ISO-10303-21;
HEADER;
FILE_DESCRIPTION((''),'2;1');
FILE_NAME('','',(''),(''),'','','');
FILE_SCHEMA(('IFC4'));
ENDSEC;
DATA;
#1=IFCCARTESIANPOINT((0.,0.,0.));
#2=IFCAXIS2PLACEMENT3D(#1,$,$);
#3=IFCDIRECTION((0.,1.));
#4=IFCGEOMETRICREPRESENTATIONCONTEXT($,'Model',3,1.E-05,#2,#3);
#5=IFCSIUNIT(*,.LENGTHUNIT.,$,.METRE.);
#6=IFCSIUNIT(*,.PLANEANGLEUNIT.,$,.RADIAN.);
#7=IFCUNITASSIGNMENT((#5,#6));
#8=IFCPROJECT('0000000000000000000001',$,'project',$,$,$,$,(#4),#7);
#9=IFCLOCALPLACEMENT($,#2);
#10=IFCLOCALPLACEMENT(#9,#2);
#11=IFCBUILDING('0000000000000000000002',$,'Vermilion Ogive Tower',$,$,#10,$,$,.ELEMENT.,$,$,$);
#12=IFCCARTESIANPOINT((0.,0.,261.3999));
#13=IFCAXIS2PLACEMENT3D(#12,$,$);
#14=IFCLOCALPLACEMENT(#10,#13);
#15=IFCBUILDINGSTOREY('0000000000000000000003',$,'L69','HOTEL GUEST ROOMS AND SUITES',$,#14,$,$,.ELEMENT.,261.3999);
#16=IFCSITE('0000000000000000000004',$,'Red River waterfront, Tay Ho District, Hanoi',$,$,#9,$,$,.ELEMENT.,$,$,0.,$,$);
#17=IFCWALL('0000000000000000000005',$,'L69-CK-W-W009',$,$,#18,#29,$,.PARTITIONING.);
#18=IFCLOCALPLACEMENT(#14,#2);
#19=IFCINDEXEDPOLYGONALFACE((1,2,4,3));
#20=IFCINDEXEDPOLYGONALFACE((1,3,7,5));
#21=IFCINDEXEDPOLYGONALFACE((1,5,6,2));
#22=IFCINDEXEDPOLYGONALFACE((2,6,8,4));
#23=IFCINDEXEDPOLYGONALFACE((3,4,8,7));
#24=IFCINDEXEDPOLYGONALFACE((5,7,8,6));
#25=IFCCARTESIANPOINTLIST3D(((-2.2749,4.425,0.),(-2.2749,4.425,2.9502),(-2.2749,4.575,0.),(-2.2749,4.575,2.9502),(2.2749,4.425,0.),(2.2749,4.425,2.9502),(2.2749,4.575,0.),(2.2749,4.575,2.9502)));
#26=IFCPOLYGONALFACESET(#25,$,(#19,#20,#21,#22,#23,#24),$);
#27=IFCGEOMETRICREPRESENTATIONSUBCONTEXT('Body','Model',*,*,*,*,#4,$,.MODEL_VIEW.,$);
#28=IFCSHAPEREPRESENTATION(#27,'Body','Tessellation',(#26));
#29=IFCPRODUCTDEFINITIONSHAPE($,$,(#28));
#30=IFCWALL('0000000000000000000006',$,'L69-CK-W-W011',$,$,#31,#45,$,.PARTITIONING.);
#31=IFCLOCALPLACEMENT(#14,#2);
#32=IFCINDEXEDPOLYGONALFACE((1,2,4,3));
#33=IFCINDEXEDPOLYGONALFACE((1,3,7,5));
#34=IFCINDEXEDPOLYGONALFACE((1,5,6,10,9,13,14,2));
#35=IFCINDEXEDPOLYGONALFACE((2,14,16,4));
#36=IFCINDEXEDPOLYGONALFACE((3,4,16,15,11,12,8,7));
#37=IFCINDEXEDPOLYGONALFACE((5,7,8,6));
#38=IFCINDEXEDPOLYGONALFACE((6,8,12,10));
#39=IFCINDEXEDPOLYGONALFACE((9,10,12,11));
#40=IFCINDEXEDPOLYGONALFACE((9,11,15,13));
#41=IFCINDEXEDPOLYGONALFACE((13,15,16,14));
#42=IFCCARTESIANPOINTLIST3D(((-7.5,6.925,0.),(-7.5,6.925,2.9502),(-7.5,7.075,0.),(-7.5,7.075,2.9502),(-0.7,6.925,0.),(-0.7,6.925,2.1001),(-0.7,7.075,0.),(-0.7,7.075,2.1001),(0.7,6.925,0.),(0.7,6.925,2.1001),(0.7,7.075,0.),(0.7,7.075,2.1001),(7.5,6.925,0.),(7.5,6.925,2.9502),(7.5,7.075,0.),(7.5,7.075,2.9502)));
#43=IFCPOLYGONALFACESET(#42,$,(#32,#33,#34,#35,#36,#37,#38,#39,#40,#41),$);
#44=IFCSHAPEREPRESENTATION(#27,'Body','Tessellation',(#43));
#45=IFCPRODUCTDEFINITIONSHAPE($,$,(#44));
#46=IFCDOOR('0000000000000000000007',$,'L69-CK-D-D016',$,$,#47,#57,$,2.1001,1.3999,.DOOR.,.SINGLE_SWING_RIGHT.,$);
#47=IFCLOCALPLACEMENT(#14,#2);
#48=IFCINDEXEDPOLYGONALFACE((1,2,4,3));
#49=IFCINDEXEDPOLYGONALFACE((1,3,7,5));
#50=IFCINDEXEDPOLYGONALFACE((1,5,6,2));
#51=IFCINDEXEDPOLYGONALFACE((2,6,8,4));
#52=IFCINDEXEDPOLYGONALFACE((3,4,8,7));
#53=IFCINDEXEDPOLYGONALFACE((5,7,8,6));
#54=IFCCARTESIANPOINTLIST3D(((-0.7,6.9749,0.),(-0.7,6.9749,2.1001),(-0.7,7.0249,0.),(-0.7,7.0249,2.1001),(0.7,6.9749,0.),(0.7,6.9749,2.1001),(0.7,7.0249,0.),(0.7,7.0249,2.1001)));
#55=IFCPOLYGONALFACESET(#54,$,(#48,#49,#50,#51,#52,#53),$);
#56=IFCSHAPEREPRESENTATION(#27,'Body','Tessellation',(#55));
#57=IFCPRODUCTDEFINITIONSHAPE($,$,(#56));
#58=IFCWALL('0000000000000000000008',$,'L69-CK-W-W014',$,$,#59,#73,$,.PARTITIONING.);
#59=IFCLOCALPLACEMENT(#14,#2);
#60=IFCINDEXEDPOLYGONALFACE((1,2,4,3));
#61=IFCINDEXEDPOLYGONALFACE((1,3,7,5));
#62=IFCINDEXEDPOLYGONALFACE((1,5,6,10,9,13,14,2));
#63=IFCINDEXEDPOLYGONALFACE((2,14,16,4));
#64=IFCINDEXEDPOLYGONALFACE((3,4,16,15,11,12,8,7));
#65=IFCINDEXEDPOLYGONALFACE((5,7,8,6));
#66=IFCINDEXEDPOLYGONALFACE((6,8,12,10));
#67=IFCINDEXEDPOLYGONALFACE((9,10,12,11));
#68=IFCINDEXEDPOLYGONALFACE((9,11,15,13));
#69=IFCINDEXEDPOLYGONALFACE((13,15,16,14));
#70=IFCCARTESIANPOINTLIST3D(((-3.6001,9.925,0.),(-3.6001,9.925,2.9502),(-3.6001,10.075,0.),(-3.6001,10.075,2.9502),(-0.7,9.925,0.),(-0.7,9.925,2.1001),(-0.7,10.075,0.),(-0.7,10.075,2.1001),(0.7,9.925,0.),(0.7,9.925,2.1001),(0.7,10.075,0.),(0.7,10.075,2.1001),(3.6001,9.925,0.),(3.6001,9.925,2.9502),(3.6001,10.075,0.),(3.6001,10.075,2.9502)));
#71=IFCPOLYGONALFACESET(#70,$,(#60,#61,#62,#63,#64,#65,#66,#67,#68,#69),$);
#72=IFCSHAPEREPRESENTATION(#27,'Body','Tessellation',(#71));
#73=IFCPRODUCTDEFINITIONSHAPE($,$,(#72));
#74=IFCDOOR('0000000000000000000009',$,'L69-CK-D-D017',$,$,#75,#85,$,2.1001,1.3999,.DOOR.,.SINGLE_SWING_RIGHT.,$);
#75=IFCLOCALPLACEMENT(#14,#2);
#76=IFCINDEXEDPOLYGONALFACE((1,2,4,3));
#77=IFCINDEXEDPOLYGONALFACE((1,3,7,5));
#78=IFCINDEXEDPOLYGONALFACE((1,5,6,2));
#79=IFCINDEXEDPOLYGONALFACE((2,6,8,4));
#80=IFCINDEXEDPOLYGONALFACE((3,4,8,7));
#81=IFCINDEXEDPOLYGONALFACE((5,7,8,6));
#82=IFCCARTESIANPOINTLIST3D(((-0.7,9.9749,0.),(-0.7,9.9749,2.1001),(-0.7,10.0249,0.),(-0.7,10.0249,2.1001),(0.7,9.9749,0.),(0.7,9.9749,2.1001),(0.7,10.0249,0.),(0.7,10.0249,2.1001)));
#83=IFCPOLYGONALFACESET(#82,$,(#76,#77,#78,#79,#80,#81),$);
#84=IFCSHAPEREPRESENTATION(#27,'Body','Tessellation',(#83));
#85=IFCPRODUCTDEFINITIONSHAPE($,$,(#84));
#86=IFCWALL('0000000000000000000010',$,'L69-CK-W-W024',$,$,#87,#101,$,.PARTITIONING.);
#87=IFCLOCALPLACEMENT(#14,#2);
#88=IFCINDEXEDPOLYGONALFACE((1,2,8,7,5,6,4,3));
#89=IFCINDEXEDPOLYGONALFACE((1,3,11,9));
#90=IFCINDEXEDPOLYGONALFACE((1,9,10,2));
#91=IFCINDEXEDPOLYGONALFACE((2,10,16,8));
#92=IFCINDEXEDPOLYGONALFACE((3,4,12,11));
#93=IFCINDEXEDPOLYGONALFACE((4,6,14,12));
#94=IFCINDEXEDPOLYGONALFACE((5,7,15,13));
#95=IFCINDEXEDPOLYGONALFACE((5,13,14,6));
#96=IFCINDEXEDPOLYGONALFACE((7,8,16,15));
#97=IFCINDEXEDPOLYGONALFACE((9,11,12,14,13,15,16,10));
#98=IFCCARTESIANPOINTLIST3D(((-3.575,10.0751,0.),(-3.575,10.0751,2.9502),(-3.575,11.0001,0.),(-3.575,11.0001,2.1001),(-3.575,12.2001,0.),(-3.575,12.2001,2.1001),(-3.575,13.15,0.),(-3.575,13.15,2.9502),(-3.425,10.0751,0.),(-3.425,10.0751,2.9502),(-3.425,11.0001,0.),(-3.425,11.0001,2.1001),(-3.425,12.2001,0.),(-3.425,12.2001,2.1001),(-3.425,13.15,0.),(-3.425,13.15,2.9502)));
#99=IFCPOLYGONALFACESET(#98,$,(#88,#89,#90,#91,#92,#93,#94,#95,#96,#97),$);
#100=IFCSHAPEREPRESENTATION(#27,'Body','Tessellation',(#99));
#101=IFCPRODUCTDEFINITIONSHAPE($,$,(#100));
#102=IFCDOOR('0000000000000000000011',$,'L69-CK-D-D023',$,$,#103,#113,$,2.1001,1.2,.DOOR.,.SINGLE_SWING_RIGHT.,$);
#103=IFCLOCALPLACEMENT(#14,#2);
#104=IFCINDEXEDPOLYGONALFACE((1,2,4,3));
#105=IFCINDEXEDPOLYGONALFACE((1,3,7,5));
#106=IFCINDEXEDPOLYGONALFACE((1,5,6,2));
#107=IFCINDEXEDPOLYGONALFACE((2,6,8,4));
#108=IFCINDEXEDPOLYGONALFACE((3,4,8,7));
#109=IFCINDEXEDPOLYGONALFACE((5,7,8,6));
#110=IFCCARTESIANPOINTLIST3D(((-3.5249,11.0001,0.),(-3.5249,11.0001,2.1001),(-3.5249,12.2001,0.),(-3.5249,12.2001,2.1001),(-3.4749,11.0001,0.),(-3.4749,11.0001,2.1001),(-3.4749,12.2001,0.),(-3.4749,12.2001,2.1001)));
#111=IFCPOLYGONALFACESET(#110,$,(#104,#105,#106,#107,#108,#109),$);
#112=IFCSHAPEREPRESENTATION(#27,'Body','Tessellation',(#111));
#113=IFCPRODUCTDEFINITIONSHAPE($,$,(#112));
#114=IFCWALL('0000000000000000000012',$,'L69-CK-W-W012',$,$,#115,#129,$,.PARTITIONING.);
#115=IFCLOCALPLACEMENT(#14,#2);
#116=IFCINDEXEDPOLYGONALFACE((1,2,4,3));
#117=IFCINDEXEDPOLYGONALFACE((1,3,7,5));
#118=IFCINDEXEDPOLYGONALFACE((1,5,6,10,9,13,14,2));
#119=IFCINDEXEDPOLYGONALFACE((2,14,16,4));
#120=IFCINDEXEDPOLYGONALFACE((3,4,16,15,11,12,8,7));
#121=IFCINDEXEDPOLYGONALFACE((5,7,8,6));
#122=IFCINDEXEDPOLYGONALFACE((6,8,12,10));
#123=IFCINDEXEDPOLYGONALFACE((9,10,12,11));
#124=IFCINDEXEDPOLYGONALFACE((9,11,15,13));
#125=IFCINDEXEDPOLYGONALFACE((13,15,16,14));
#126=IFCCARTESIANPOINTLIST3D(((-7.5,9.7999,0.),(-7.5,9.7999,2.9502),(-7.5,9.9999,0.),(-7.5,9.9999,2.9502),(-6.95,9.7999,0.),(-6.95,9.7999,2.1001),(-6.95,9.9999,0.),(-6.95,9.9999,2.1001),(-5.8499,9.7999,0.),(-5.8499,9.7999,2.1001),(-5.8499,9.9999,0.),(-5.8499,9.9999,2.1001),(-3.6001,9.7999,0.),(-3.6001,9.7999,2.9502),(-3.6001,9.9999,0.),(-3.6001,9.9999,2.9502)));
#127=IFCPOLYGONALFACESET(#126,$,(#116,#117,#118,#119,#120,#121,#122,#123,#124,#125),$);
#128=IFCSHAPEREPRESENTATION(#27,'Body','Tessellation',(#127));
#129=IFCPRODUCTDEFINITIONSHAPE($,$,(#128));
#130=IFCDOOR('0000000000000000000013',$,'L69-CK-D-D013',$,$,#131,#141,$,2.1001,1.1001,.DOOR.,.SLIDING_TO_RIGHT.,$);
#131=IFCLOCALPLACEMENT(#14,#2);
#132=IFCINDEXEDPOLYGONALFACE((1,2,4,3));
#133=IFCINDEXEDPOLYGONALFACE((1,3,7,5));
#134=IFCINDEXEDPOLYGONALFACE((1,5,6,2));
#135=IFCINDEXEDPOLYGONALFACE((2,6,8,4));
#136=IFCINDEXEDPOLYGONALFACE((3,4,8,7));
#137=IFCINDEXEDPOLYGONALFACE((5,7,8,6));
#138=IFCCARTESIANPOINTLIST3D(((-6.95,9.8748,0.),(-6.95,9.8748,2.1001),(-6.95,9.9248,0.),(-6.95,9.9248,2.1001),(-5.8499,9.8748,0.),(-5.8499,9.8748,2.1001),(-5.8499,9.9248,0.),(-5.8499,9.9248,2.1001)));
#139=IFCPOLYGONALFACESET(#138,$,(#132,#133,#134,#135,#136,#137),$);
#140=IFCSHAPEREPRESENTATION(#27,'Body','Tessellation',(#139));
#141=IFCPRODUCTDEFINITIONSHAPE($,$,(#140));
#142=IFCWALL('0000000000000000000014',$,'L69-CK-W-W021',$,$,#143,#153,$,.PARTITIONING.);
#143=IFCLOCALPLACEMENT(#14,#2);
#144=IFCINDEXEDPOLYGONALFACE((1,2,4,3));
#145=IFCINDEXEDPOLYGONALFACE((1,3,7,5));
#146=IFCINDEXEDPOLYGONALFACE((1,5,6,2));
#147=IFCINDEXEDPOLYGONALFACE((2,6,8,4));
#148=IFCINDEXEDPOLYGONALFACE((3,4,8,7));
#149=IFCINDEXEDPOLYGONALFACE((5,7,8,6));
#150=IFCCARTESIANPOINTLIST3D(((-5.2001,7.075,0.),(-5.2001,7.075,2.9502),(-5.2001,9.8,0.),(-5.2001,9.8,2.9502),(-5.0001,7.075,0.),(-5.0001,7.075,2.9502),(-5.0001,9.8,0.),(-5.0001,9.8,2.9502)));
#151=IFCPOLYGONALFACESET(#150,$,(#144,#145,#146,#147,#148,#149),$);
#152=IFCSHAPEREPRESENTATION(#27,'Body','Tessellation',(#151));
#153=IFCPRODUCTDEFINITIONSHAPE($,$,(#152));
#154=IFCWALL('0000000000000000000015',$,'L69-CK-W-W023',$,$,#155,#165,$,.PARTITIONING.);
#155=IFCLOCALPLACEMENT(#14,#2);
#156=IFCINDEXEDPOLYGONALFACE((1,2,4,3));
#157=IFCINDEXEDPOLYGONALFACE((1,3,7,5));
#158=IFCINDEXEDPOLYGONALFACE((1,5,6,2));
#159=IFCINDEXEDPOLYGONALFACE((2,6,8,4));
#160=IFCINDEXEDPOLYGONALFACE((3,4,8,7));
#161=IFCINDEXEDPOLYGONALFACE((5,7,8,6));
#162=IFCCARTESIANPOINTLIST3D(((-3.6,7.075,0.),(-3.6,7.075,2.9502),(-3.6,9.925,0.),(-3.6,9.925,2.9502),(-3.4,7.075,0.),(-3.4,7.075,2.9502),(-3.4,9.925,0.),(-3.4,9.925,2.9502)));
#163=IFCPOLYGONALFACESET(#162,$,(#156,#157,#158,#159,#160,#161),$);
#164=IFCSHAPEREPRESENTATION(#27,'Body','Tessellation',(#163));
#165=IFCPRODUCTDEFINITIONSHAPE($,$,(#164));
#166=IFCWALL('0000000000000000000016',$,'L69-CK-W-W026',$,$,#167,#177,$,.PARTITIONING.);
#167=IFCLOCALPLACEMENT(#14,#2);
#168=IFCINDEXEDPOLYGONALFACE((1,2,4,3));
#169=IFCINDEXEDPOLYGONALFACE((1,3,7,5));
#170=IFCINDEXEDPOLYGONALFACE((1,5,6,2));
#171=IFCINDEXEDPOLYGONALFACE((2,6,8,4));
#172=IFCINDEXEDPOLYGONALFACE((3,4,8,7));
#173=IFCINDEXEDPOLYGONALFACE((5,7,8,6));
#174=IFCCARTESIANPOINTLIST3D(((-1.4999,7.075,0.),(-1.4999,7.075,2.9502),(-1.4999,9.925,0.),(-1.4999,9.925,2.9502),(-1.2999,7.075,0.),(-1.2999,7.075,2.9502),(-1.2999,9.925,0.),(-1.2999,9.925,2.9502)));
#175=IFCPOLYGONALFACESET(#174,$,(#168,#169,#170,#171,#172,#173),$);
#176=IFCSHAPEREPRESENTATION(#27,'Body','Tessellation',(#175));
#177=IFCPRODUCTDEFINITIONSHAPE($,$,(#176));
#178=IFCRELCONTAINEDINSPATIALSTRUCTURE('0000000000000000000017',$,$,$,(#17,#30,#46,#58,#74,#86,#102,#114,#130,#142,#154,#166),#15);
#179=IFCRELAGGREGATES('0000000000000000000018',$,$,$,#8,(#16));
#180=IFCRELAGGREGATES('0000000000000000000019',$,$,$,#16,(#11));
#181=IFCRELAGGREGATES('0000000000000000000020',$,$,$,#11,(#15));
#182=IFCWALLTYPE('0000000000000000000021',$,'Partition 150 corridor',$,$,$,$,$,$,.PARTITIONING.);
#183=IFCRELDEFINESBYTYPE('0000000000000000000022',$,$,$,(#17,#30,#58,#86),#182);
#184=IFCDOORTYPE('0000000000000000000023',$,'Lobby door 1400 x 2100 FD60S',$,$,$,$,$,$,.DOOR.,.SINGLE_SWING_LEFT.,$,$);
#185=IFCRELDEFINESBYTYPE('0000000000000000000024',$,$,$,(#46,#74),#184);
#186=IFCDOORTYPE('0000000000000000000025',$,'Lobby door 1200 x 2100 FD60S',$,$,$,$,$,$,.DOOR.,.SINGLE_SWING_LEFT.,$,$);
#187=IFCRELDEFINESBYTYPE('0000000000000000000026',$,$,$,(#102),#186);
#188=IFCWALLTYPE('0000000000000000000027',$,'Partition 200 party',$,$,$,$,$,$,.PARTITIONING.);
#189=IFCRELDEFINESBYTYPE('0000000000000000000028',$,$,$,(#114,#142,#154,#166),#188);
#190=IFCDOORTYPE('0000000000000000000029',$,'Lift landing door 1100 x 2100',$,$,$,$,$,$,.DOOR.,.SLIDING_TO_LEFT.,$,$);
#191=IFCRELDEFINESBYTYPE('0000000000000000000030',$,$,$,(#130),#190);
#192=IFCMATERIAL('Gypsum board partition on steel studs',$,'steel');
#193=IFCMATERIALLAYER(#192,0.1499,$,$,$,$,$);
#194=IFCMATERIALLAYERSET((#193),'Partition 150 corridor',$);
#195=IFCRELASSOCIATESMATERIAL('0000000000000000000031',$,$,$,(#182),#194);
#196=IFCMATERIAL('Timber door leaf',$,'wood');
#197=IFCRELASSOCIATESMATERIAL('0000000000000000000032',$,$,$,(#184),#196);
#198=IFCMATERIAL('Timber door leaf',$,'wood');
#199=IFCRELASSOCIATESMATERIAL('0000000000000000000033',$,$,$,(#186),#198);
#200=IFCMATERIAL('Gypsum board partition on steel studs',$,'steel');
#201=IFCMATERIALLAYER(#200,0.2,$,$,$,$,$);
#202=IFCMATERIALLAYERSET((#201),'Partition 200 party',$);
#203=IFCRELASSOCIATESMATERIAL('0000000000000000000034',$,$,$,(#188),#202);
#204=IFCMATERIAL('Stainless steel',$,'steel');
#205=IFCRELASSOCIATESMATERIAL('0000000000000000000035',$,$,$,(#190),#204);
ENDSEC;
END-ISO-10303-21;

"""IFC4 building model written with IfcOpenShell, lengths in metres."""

from ifc_helpers import new_model, si_unit, direction, frame, frame_2d, origin, place, context, subcontext, project, spatial, rectangle, extrude, material, layer, layer_set, type_object, element, fill, save


model = new_model("IFC4")

# Units and contexts
model_context = context("Model", 3, precision=1e-05, world=origin(), true_north=direction((0.0, 1.0)))
body_context = subcontext(model_context, "Body", "Model", "MODEL_VIEW")
ifc_project = project(units=[si_unit("LENGTHUNIT", "METRE"), si_unit("PLANEANGLEUNIT", "RADIAN")], contexts=[model_context])

# Site, building, storey
site_placement = place(None, origin())
site = spatial("IfcSite", under=ifc_project, at=site_placement, Name="Red River waterfront, Tay Ho District, Hanoi", CompositionType="ELEMENT", RefElevation=0.0)
building_placement = place(site_placement, origin())
building = spatial("IfcBuilding", under=site, at=building_placement, Name="Vermilion Ogive Tower", CompositionType="ELEMENT")
storey_placement = place(building_placement, frame((0.0, 0.0, 261.3999)))
storey = spatial("IfcBuildingStorey", under=building, at=storey_placement, Name="L69", Description="HOTEL GUEST ROOMS AND SUITES", CompositionType="ELEMENT", Elevation=261.3999)

# Wall
ifc_material_1 = material(Name="Gypsum board partition on steel studs", Category="steel")
ifc_layer_1 = layer(ifc_material_1, 0.1499)
ifc_layer_set_1 = layer_set([ifc_layer_1], Name="Partition 150 corridor")
wall_type_1 = type_object("IfcWallType", Name="Partition 150 corridor", PredefinedType="PARTITIONING", material=ifc_layer_set_1)
wall_1_placement = place(storey_placement, frame((-2.2749, 4.5, 0.0), z_axis=(0.0, 0.0, 1.0), x_axis=(1.0, 0.0, 0.0)))
element("IfcWall", 1, at=wall_1_placement, inside=storey, type_object=wall_type_1, Name="L69-CK-W-W009", PredefinedType="PARTITIONING", context=body_context, shape_type="SweptSolid", body=[
    extrude(rectangle(XDim=4.5498, YDim=0.1499, at=frame_2d((2.2749, 0.0))), origin(), (0.0, 0.0, 1.0), 2.9502),
])

# Walls, openings, doors
wall_2_placement = place(storey_placement, frame((-7.5, 7.0, 0.0), z_axis=(0.0, 0.0, 1.0), x_axis=(1.0, 0.0, 0.0)))
wall_2 = element("IfcWall", 2, at=wall_2_placement, inside=storey, type_object=wall_type_1, Name="L69-CK-W-W011", PredefinedType="PARTITIONING", context=body_context, shape_type="SweptSolid", body=[
    extrude(rectangle(XDim=15.0, YDim=0.1499, at=frame_2d((7.5, 0.0))), origin(), (0.0, 0.0, 1.0), 2.9502),
])
opening_1_placement = place(wall_2_placement, frame((6.8, 0.0, 0.0)))
opening_1 = element("IfcOpeningElement", 3, at=opening_1_placement, cuts=wall_2, PredefinedType="OPENING", context=body_context, shape_type="SweptSolid", body=[
    extrude(rectangle(XDim=1.3999, YDim=2.1001, at=frame_2d((0.7, 1.05))), frame((0.0, 0.085, 0.0), z_axis=(0.0, -1.0, 0.0), x_axis=(1.0, 0.0, 0.0)), (0.0, 0.0, 1.0), 0.1699),
])
ifc_material_2 = material(Name="Timber door leaf", Category="wood")
door_type_1 = type_object("IfcDoorType", Name="Lobby door 1400 x 2100 FD60S", OperationType="SINGLE_SWING_LEFT", PredefinedType="DOOR", material=ifc_material_2)
door_1_placement = place(opening_1_placement, origin())
door_1 = element("IfcDoor", 4, at=door_1_placement, inside=storey, type_object=door_type_1, Name="L69-CK-D-D016", OperationType="SINGLE_SWING_RIGHT", OverallHeight=2.1001, OverallWidth=1.3999, PredefinedType="DOOR", context=body_context, shape_type="SweptSolid", body=[
    extrude(rectangle(XDim=1.3999, YDim=2.1001, at=frame_2d((0.7, 1.05))), frame((0.0, 0.0249, 0.0), z_axis=(0.0, -1.0, 0.0), x_axis=(1.0, 0.0, 0.0)), (0.0, 0.0, 1.0), 0.05),
])
fill(opening_1, door_1)
wall_3_placement = place(storey_placement, frame((-3.6001, 10.0, 0.0), z_axis=(0.0, 0.0, 1.0), x_axis=(1.0, 0.0, 0.0)))
wall_3 = element("IfcWall", 5, at=wall_3_placement, inside=storey, type_object=wall_type_1, Name="L69-CK-W-W014", PredefinedType="PARTITIONING", context=body_context, shape_type="SweptSolid", body=[
    extrude(rectangle(XDim=7.2002, YDim=0.1499, at=frame_2d((3.6001, 0.0))), origin(), (0.0, 0.0, 1.0), 2.9502),
])
opening_2_placement = place(wall_3_placement, frame((2.9001, 0.0, 0.0)))
opening_2 = element("IfcOpeningElement", 6, at=opening_2_placement, cuts=wall_3, PredefinedType="OPENING", context=body_context, shape_type="SweptSolid", body=[
    extrude(rectangle(XDim=1.3999, YDim=2.1001, at=frame_2d((0.7, 1.05))), frame((0.0, 0.085, 0.0), z_axis=(0.0, -1.0, 0.0), x_axis=(1.0, 0.0, 0.0)), (0.0, 0.0, 1.0), 0.1699),
])
door_2_placement = place(opening_2_placement, origin())
door_2 = element("IfcDoor", 7, at=door_2_placement, inside=storey, type_object=door_type_1, Name="L69-CK-D-D017", OperationType="SINGLE_SWING_RIGHT", OverallHeight=2.1001, OverallWidth=1.3999, PredefinedType="DOOR", context=body_context, shape_type="SweptSolid", body=[
    extrude(rectangle(XDim=1.3999, YDim=2.1001, at=frame_2d((0.7, 1.05))), frame((0.0, 0.0249, 0.0), z_axis=(0.0, -1.0, 0.0), x_axis=(1.0, 0.0, 0.0)), (0.0, 0.0, 1.0), 0.05),
])
fill(opening_2, door_2)
wall_4_placement = place(storey_placement, frame((-3.5, 10.075, 0.0), z_axis=(0.0, 0.0, 1.0), x_axis=(0.0, 1.0, 0.0)))
wall_4 = element("IfcWall", 8, at=wall_4_placement, inside=storey, type_object=wall_type_1, Name="L69-CK-W-W024", PredefinedType="PARTITIONING", context=body_context, shape_type="SweptSolid", body=[
    extrude(rectangle(XDim=3.075, YDim=0.1499, at=frame_2d((1.5376, 0.0))), origin(), (0.0, 0.0, 1.0), 2.9502),
])
opening_3_placement = place(wall_4_placement, frame((0.925, 0.0, 0.0)))
opening_3 = element("IfcOpeningElement", 9, at=opening_3_placement, cuts=wall_4, PredefinedType="OPENING", context=body_context, shape_type="SweptSolid", body=[
    extrude(rectangle(XDim=1.2, YDim=2.1001, at=frame_2d((0.6001, 1.05))), frame((0.0, 0.085, 0.0), z_axis=(0.0, -1.0, 0.0), x_axis=(1.0, 0.0, 0.0)), (0.0, 0.0, 1.0), 0.1699),
])
ifc_material_3 = material(Name="Timber door leaf", Category="wood")
door_type_2 = type_object("IfcDoorType", Name="Lobby door 1200 x 2100 FD60S", OperationType="SINGLE_SWING_LEFT", PredefinedType="DOOR", material=ifc_material_3)
door_3_placement = place(opening_3_placement, origin())
door_3 = element("IfcDoor", 10, at=door_3_placement, inside=storey, type_object=door_type_2, Name="L69-CK-D-D023", OperationType="SINGLE_SWING_RIGHT", OverallHeight=2.1001, OverallWidth=1.2, PredefinedType="DOOR", context=body_context, shape_type="SweptSolid", body=[
    extrude(rectangle(XDim=1.2, YDim=2.1001, at=frame_2d((0.6001, 1.05))), frame((0.0, 0.0249, 0.0), z_axis=(0.0, -1.0, 0.0), x_axis=(1.0, 0.0, 0.0)), (0.0, 0.0, 1.0), 0.05),
])
fill(opening_3, door_3)
ifc_material_4 = material(Name="Gypsum board partition on steel studs", Category="steel")
ifc_layer_2 = layer(ifc_material_4, 0.2)
ifc_layer_set_2 = layer_set([ifc_layer_2], Name="Partition 200 party")
wall_type_2 = type_object("IfcWallType", Name="Partition 200 party", PredefinedType="PARTITIONING", material=ifc_layer_set_2)
wall_5_placement = place(storey_placement, frame((-7.5, 9.8999, 0.0), z_axis=(0.0, 0.0, 1.0), x_axis=(1.0, 0.0, 0.0)))
wall_5 = element("IfcWall", 11, at=wall_5_placement, inside=storey, type_object=wall_type_2, Name="L69-CK-W-W012", PredefinedType="PARTITIONING", context=body_context, shape_type="SweptSolid", body=[
    extrude(rectangle(XDim=3.8999, YDim=0.2, at=frame_2d((1.95, 0.0))), origin(), (0.0, 0.0, 1.0), 2.9502),
])
opening_4_placement = place(wall_5_placement, frame((0.55, 0.0, 0.0)))
opening_4 = element("IfcOpeningElement", 12, at=opening_4_placement, cuts=wall_5, PredefinedType="OPENING", context=body_context, shape_type="SweptSolid", body=[
    extrude(rectangle(XDim=1.1001, YDim=2.1001, at=frame_2d((0.55, 1.05))), frame((0.0, 0.1099, 0.0), z_axis=(0.0, -1.0, 0.0), x_axis=(1.0, 0.0, 0.0)), (0.0, 0.0, 1.0), 0.22),
])
ifc_material_5 = material(Name="Stainless steel", Category="steel")
door_type_3 = type_object("IfcDoorType", Name="Lift landing door 1100 x 2100", OperationType="SLIDING_TO_LEFT", PredefinedType="DOOR", material=ifc_material_5)
door_4_placement = place(opening_4_placement, origin())
door_4 = element("IfcDoor", 13, at=door_4_placement, inside=storey, type_object=door_type_3, Name="L69-CK-D-D013", OperationType="SLIDING_TO_RIGHT", OverallHeight=2.1001, OverallWidth=1.1001, PredefinedType="DOOR", context=body_context, shape_type="SweptSolid", body=[
    extrude(rectangle(XDim=1.1001, YDim=2.1001, at=frame_2d((0.55, 1.05))), frame((0.0, 0.0249, 0.0), z_axis=(0.0, -1.0, 0.0), x_axis=(1.0, 0.0, 0.0)), (0.0, 0.0, 1.0), 0.05),
])
fill(opening_4, door_4)

# Walls
wall_6_placement = place(storey_placement, frame((-5.1001, 7.075, 0.0), z_axis=(0.0, 0.0, 1.0), x_axis=(0.0, 1.0, 0.0)))
element("IfcWall", 14, at=wall_6_placement, inside=storey, type_object=wall_type_2, Name="L69-CK-W-W021", PredefinedType="PARTITIONING", context=body_context, shape_type="SweptSolid", body=[
    extrude(rectangle(XDim=2.7251, YDim=0.2, at=frame_2d((1.3625, 0.0))), origin(), (0.0, 0.0, 1.0), 2.9502),
])
for number, where, z_axis, x_axis, name in (
    (15, (-3.5, 7.075, 0.0), (0.0, 0.0, 1.0), (0.0, 1.0, 0.0), "L69-CK-W-W023"),
    (16, (-1.3999, 7.075, 0.0), (0.0, 0.0, 1.0), (0.0, 1.0, 0.0), "L69-CK-W-W026"),
):
    element("IfcWall", number, at=place(storey_placement, frame(where, z_axis=z_axis, x_axis=x_axis)), inside=storey, type_object=wall_type_2, Name=name, PredefinedType="PARTITIONING", context=body_context, shape_type="SweptSolid", body=[
        extrude(rectangle(XDim=2.8501, YDim=0.2, at=frame_2d((1.425, 0.0))), origin(), (0.0, 0.0, 1.0), 2.9502),
    ])

save(model, "model.ifc")
